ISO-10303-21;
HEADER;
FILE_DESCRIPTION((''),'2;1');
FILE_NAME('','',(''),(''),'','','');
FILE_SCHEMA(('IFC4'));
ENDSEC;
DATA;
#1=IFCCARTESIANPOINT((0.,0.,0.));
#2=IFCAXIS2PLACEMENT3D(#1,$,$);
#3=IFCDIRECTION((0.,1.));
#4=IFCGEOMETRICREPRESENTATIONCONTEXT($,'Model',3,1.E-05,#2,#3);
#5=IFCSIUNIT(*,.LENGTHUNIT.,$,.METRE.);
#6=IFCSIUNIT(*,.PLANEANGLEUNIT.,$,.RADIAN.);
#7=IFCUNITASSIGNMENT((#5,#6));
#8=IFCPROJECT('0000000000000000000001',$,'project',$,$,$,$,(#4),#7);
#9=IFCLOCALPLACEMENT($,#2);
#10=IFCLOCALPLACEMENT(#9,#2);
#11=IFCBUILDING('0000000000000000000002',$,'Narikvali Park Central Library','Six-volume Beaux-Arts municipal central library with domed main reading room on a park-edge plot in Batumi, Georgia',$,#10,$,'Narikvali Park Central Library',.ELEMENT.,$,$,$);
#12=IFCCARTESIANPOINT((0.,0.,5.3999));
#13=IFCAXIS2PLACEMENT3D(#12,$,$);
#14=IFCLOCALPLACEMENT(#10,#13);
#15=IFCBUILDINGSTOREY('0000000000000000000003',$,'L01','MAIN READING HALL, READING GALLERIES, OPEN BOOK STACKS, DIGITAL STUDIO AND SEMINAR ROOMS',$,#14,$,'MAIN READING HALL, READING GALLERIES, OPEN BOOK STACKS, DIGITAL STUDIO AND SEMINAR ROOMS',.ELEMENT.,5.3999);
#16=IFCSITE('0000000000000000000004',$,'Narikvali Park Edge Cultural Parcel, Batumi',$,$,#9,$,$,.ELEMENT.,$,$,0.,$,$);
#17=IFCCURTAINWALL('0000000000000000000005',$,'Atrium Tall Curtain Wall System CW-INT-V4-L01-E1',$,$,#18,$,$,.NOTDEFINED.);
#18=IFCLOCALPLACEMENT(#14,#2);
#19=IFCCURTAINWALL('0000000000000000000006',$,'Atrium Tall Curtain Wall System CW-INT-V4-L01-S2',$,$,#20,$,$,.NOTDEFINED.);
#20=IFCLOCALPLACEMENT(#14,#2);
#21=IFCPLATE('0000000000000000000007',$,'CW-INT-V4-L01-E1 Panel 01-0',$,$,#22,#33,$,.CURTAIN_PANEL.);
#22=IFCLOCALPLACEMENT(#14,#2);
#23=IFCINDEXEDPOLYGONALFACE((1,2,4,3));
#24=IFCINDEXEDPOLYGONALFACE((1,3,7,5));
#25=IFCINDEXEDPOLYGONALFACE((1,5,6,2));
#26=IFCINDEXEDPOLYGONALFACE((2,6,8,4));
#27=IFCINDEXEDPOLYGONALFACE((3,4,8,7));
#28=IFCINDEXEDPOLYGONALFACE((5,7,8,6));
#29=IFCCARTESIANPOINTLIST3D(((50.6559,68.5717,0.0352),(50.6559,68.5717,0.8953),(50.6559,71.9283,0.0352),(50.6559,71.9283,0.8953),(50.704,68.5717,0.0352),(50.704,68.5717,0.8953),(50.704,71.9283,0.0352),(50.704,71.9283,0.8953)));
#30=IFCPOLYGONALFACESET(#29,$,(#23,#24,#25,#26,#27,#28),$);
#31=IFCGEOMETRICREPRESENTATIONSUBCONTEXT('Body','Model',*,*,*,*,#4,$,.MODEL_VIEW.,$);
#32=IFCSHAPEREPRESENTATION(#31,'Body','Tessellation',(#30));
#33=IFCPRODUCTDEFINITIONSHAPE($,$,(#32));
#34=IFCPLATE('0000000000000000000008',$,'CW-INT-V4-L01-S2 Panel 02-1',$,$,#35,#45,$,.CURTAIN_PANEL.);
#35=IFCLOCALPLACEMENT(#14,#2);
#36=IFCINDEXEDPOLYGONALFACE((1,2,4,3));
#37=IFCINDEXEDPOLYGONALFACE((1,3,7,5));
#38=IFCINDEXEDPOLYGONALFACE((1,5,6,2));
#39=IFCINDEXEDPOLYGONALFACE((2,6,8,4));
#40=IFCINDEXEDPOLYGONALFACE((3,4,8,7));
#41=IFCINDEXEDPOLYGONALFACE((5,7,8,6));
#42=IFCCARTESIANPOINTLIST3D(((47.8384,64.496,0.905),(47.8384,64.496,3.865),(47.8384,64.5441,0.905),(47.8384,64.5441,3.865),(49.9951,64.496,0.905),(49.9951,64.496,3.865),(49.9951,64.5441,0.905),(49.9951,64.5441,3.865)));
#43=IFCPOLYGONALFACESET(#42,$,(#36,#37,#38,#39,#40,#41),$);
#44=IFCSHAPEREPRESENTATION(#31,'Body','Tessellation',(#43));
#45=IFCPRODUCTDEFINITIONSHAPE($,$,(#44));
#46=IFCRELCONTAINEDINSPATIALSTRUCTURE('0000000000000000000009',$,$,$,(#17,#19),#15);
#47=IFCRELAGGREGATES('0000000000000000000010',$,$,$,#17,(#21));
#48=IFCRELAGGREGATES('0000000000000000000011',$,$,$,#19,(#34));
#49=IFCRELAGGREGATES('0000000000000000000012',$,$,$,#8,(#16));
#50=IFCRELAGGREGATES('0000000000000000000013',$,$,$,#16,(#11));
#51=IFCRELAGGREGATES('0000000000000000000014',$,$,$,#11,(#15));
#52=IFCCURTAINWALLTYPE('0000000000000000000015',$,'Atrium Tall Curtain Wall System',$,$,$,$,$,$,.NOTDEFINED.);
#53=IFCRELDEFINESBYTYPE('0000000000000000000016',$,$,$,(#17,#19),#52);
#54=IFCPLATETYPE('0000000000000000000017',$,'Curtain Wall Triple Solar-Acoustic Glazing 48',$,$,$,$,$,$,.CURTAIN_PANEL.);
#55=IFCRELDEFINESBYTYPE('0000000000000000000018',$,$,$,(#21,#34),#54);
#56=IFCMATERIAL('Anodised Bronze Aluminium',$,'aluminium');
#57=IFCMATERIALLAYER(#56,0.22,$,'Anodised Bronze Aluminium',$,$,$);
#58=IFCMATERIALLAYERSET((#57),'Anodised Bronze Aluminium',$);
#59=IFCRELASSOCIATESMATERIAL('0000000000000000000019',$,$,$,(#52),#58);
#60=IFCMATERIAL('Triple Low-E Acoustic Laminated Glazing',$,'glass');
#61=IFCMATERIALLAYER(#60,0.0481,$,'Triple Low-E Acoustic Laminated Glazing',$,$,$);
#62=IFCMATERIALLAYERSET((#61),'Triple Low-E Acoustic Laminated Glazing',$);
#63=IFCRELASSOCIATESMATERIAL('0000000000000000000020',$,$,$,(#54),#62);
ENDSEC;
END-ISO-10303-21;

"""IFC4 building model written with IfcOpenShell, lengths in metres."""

from ifc_helpers import new_model, si_unit, direction, frame, origin, origin_2d, place, context, subcontext, project, spatial, rectangle, extrude, material, layer, layer_set, type_object, element, aggregate, save


model = new_model("IFC4")

# Units and contexts
model_context = context("Model", 3, precision=1e-05, world=origin(), true_north=direction((0.0, 1.0)))
body_context = subcontext(model_context, "Body", "Model", "MODEL_VIEW")
ifc_project = project(units=[si_unit("LENGTHUNIT", "METRE"), si_unit("PLANEANGLEUNIT", "RADIAN")], contexts=[model_context])

# Site, building, storey
site_placement = place(None, origin())
site = spatial("IfcSite", under=ifc_project, at=site_placement, Name="Narikvali Park Edge Cultural Parcel, Batumi", CompositionType="ELEMENT", RefElevation=0.0)
building_placement = place(site_placement, origin())
building = spatial("IfcBuilding", under=site, at=building_placement, Name="Narikvali Park Central Library", Description="Six-volume Beaux-Arts municipal central library with domed main reading room on a park-edge plot in Batumi, Georgia", LongName="Narikvali Park Central Library", CompositionType="ELEMENT")
storey_placement = place(building_placement, frame((0.0, 0.0, 5.3999)))
storey = spatial("IfcBuildingStorey", under=building, at=storey_placement, Name="L01", Description="MAIN READING HALL, READING GALLERIES, OPEN BOOK STACKS, DIGITAL STUDIO AND SEMINAR ROOMS", LongName="MAIN READING HALL, READING GALLERIES, OPEN BOOK STACKS, DIGITAL STUDIO AND SEMINAR ROOMS", CompositionType="ELEMENT", Elevation=5.3999)

# Curtain wall
ifc_material_1 = material(Name="Anodised Bronze Aluminium", Category="aluminium")
ifc_layer_1 = layer(ifc_material_1, 0.22, Name="Anodised Bronze Aluminium")
ifc_layer_set_1 = layer_set([ifc_layer_1], Name="Anodised Bronze Aluminium")
curtain_wall_type = type_object("IfcCurtainWallType", Name="Atrium Tall Curtain Wall System", PredefinedType="NOTDEFINED", material=ifc_layer_set_1)
curtain_wall_1_placement = place(storey_placement, origin())
curtain_wall_1 = element("IfcCurtainWall", 1, at=curtain_wall_1_placement, inside=storey, type_object=curtain_wall_type, Name="Atrium Tall Curtain Wall System CW-INT-V4-L01-E1", PredefinedType="NOTDEFINED")

# Curtain wall
curtain_wall_2_placement = place(storey_placement, origin())
curtain_wall_2 = element("IfcCurtainWall", 2, at=curtain_wall_2_placement, inside=storey, type_object=curtain_wall_type, Name="Atrium Tall Curtain Wall System CW-INT-V4-L01-S2", PredefinedType="NOTDEFINED")

# Plates
ifc_material_2 = material(Name="Triple Low-E Acoustic Laminated Glazing", Category="glass")
ifc_layer_2 = layer(ifc_material_2, 0.0481, Name="Triple Low-E Acoustic Laminated Glazing")
ifc_layer_set_2 = layer_set([ifc_layer_2], Name="Triple Low-E Acoustic Laminated Glazing")
plate_type_1 = type_object("IfcPlateType", Name="Curtain Wall Triple Solar-Acoustic Glazing 48", PredefinedType="CURTAIN_PANEL", material=ifc_layer_set_2)
plate_1_placement = place(storey_placement, frame((50.6799, 70.25, 0.0352), z_axis=(0.0, 0.0, 1.0), x_axis=(0.0, 1.0, 0.0)))
plate_1 = element("IfcPlate", 3, at=plate_1_placement, type_object=plate_type_1, Name="CW-INT-V4-L01-E1 Panel 01-0", PredefinedType="CURTAIN_PANEL", context=body_context, shape_type="SweptSolid", body=[
    extrude(rectangle(XDim=3.3567, YDim=0.0481, at=origin_2d()), origin(), (0.0, 0.0, 1.0), 0.8601),
])
aggregate(curtain_wall_1, [plate_1])
plate_2_placement = place(storey_placement, frame((48.9167, 64.52, 0.905), z_axis=(0.0, 0.0, 1.0), x_axis=(1.0, 0.0, 0.0)))
plate_2 = element("IfcPlate", 4, at=plate_2_placement, type_object=plate_type_1, Name="CW-INT-V4-L01-S2 Panel 02-1", PredefinedType="CURTAIN_PANEL", context=body_context, shape_type="SweptSolid", body=[
    extrude(rectangle(XDim=2.1567, YDim=0.0481, at=origin_2d()), origin(), (0.0, 0.0, 1.0), 2.96),
])
aggregate(curtain_wall_2, [plate_2])

save(model, "model.ifc")
